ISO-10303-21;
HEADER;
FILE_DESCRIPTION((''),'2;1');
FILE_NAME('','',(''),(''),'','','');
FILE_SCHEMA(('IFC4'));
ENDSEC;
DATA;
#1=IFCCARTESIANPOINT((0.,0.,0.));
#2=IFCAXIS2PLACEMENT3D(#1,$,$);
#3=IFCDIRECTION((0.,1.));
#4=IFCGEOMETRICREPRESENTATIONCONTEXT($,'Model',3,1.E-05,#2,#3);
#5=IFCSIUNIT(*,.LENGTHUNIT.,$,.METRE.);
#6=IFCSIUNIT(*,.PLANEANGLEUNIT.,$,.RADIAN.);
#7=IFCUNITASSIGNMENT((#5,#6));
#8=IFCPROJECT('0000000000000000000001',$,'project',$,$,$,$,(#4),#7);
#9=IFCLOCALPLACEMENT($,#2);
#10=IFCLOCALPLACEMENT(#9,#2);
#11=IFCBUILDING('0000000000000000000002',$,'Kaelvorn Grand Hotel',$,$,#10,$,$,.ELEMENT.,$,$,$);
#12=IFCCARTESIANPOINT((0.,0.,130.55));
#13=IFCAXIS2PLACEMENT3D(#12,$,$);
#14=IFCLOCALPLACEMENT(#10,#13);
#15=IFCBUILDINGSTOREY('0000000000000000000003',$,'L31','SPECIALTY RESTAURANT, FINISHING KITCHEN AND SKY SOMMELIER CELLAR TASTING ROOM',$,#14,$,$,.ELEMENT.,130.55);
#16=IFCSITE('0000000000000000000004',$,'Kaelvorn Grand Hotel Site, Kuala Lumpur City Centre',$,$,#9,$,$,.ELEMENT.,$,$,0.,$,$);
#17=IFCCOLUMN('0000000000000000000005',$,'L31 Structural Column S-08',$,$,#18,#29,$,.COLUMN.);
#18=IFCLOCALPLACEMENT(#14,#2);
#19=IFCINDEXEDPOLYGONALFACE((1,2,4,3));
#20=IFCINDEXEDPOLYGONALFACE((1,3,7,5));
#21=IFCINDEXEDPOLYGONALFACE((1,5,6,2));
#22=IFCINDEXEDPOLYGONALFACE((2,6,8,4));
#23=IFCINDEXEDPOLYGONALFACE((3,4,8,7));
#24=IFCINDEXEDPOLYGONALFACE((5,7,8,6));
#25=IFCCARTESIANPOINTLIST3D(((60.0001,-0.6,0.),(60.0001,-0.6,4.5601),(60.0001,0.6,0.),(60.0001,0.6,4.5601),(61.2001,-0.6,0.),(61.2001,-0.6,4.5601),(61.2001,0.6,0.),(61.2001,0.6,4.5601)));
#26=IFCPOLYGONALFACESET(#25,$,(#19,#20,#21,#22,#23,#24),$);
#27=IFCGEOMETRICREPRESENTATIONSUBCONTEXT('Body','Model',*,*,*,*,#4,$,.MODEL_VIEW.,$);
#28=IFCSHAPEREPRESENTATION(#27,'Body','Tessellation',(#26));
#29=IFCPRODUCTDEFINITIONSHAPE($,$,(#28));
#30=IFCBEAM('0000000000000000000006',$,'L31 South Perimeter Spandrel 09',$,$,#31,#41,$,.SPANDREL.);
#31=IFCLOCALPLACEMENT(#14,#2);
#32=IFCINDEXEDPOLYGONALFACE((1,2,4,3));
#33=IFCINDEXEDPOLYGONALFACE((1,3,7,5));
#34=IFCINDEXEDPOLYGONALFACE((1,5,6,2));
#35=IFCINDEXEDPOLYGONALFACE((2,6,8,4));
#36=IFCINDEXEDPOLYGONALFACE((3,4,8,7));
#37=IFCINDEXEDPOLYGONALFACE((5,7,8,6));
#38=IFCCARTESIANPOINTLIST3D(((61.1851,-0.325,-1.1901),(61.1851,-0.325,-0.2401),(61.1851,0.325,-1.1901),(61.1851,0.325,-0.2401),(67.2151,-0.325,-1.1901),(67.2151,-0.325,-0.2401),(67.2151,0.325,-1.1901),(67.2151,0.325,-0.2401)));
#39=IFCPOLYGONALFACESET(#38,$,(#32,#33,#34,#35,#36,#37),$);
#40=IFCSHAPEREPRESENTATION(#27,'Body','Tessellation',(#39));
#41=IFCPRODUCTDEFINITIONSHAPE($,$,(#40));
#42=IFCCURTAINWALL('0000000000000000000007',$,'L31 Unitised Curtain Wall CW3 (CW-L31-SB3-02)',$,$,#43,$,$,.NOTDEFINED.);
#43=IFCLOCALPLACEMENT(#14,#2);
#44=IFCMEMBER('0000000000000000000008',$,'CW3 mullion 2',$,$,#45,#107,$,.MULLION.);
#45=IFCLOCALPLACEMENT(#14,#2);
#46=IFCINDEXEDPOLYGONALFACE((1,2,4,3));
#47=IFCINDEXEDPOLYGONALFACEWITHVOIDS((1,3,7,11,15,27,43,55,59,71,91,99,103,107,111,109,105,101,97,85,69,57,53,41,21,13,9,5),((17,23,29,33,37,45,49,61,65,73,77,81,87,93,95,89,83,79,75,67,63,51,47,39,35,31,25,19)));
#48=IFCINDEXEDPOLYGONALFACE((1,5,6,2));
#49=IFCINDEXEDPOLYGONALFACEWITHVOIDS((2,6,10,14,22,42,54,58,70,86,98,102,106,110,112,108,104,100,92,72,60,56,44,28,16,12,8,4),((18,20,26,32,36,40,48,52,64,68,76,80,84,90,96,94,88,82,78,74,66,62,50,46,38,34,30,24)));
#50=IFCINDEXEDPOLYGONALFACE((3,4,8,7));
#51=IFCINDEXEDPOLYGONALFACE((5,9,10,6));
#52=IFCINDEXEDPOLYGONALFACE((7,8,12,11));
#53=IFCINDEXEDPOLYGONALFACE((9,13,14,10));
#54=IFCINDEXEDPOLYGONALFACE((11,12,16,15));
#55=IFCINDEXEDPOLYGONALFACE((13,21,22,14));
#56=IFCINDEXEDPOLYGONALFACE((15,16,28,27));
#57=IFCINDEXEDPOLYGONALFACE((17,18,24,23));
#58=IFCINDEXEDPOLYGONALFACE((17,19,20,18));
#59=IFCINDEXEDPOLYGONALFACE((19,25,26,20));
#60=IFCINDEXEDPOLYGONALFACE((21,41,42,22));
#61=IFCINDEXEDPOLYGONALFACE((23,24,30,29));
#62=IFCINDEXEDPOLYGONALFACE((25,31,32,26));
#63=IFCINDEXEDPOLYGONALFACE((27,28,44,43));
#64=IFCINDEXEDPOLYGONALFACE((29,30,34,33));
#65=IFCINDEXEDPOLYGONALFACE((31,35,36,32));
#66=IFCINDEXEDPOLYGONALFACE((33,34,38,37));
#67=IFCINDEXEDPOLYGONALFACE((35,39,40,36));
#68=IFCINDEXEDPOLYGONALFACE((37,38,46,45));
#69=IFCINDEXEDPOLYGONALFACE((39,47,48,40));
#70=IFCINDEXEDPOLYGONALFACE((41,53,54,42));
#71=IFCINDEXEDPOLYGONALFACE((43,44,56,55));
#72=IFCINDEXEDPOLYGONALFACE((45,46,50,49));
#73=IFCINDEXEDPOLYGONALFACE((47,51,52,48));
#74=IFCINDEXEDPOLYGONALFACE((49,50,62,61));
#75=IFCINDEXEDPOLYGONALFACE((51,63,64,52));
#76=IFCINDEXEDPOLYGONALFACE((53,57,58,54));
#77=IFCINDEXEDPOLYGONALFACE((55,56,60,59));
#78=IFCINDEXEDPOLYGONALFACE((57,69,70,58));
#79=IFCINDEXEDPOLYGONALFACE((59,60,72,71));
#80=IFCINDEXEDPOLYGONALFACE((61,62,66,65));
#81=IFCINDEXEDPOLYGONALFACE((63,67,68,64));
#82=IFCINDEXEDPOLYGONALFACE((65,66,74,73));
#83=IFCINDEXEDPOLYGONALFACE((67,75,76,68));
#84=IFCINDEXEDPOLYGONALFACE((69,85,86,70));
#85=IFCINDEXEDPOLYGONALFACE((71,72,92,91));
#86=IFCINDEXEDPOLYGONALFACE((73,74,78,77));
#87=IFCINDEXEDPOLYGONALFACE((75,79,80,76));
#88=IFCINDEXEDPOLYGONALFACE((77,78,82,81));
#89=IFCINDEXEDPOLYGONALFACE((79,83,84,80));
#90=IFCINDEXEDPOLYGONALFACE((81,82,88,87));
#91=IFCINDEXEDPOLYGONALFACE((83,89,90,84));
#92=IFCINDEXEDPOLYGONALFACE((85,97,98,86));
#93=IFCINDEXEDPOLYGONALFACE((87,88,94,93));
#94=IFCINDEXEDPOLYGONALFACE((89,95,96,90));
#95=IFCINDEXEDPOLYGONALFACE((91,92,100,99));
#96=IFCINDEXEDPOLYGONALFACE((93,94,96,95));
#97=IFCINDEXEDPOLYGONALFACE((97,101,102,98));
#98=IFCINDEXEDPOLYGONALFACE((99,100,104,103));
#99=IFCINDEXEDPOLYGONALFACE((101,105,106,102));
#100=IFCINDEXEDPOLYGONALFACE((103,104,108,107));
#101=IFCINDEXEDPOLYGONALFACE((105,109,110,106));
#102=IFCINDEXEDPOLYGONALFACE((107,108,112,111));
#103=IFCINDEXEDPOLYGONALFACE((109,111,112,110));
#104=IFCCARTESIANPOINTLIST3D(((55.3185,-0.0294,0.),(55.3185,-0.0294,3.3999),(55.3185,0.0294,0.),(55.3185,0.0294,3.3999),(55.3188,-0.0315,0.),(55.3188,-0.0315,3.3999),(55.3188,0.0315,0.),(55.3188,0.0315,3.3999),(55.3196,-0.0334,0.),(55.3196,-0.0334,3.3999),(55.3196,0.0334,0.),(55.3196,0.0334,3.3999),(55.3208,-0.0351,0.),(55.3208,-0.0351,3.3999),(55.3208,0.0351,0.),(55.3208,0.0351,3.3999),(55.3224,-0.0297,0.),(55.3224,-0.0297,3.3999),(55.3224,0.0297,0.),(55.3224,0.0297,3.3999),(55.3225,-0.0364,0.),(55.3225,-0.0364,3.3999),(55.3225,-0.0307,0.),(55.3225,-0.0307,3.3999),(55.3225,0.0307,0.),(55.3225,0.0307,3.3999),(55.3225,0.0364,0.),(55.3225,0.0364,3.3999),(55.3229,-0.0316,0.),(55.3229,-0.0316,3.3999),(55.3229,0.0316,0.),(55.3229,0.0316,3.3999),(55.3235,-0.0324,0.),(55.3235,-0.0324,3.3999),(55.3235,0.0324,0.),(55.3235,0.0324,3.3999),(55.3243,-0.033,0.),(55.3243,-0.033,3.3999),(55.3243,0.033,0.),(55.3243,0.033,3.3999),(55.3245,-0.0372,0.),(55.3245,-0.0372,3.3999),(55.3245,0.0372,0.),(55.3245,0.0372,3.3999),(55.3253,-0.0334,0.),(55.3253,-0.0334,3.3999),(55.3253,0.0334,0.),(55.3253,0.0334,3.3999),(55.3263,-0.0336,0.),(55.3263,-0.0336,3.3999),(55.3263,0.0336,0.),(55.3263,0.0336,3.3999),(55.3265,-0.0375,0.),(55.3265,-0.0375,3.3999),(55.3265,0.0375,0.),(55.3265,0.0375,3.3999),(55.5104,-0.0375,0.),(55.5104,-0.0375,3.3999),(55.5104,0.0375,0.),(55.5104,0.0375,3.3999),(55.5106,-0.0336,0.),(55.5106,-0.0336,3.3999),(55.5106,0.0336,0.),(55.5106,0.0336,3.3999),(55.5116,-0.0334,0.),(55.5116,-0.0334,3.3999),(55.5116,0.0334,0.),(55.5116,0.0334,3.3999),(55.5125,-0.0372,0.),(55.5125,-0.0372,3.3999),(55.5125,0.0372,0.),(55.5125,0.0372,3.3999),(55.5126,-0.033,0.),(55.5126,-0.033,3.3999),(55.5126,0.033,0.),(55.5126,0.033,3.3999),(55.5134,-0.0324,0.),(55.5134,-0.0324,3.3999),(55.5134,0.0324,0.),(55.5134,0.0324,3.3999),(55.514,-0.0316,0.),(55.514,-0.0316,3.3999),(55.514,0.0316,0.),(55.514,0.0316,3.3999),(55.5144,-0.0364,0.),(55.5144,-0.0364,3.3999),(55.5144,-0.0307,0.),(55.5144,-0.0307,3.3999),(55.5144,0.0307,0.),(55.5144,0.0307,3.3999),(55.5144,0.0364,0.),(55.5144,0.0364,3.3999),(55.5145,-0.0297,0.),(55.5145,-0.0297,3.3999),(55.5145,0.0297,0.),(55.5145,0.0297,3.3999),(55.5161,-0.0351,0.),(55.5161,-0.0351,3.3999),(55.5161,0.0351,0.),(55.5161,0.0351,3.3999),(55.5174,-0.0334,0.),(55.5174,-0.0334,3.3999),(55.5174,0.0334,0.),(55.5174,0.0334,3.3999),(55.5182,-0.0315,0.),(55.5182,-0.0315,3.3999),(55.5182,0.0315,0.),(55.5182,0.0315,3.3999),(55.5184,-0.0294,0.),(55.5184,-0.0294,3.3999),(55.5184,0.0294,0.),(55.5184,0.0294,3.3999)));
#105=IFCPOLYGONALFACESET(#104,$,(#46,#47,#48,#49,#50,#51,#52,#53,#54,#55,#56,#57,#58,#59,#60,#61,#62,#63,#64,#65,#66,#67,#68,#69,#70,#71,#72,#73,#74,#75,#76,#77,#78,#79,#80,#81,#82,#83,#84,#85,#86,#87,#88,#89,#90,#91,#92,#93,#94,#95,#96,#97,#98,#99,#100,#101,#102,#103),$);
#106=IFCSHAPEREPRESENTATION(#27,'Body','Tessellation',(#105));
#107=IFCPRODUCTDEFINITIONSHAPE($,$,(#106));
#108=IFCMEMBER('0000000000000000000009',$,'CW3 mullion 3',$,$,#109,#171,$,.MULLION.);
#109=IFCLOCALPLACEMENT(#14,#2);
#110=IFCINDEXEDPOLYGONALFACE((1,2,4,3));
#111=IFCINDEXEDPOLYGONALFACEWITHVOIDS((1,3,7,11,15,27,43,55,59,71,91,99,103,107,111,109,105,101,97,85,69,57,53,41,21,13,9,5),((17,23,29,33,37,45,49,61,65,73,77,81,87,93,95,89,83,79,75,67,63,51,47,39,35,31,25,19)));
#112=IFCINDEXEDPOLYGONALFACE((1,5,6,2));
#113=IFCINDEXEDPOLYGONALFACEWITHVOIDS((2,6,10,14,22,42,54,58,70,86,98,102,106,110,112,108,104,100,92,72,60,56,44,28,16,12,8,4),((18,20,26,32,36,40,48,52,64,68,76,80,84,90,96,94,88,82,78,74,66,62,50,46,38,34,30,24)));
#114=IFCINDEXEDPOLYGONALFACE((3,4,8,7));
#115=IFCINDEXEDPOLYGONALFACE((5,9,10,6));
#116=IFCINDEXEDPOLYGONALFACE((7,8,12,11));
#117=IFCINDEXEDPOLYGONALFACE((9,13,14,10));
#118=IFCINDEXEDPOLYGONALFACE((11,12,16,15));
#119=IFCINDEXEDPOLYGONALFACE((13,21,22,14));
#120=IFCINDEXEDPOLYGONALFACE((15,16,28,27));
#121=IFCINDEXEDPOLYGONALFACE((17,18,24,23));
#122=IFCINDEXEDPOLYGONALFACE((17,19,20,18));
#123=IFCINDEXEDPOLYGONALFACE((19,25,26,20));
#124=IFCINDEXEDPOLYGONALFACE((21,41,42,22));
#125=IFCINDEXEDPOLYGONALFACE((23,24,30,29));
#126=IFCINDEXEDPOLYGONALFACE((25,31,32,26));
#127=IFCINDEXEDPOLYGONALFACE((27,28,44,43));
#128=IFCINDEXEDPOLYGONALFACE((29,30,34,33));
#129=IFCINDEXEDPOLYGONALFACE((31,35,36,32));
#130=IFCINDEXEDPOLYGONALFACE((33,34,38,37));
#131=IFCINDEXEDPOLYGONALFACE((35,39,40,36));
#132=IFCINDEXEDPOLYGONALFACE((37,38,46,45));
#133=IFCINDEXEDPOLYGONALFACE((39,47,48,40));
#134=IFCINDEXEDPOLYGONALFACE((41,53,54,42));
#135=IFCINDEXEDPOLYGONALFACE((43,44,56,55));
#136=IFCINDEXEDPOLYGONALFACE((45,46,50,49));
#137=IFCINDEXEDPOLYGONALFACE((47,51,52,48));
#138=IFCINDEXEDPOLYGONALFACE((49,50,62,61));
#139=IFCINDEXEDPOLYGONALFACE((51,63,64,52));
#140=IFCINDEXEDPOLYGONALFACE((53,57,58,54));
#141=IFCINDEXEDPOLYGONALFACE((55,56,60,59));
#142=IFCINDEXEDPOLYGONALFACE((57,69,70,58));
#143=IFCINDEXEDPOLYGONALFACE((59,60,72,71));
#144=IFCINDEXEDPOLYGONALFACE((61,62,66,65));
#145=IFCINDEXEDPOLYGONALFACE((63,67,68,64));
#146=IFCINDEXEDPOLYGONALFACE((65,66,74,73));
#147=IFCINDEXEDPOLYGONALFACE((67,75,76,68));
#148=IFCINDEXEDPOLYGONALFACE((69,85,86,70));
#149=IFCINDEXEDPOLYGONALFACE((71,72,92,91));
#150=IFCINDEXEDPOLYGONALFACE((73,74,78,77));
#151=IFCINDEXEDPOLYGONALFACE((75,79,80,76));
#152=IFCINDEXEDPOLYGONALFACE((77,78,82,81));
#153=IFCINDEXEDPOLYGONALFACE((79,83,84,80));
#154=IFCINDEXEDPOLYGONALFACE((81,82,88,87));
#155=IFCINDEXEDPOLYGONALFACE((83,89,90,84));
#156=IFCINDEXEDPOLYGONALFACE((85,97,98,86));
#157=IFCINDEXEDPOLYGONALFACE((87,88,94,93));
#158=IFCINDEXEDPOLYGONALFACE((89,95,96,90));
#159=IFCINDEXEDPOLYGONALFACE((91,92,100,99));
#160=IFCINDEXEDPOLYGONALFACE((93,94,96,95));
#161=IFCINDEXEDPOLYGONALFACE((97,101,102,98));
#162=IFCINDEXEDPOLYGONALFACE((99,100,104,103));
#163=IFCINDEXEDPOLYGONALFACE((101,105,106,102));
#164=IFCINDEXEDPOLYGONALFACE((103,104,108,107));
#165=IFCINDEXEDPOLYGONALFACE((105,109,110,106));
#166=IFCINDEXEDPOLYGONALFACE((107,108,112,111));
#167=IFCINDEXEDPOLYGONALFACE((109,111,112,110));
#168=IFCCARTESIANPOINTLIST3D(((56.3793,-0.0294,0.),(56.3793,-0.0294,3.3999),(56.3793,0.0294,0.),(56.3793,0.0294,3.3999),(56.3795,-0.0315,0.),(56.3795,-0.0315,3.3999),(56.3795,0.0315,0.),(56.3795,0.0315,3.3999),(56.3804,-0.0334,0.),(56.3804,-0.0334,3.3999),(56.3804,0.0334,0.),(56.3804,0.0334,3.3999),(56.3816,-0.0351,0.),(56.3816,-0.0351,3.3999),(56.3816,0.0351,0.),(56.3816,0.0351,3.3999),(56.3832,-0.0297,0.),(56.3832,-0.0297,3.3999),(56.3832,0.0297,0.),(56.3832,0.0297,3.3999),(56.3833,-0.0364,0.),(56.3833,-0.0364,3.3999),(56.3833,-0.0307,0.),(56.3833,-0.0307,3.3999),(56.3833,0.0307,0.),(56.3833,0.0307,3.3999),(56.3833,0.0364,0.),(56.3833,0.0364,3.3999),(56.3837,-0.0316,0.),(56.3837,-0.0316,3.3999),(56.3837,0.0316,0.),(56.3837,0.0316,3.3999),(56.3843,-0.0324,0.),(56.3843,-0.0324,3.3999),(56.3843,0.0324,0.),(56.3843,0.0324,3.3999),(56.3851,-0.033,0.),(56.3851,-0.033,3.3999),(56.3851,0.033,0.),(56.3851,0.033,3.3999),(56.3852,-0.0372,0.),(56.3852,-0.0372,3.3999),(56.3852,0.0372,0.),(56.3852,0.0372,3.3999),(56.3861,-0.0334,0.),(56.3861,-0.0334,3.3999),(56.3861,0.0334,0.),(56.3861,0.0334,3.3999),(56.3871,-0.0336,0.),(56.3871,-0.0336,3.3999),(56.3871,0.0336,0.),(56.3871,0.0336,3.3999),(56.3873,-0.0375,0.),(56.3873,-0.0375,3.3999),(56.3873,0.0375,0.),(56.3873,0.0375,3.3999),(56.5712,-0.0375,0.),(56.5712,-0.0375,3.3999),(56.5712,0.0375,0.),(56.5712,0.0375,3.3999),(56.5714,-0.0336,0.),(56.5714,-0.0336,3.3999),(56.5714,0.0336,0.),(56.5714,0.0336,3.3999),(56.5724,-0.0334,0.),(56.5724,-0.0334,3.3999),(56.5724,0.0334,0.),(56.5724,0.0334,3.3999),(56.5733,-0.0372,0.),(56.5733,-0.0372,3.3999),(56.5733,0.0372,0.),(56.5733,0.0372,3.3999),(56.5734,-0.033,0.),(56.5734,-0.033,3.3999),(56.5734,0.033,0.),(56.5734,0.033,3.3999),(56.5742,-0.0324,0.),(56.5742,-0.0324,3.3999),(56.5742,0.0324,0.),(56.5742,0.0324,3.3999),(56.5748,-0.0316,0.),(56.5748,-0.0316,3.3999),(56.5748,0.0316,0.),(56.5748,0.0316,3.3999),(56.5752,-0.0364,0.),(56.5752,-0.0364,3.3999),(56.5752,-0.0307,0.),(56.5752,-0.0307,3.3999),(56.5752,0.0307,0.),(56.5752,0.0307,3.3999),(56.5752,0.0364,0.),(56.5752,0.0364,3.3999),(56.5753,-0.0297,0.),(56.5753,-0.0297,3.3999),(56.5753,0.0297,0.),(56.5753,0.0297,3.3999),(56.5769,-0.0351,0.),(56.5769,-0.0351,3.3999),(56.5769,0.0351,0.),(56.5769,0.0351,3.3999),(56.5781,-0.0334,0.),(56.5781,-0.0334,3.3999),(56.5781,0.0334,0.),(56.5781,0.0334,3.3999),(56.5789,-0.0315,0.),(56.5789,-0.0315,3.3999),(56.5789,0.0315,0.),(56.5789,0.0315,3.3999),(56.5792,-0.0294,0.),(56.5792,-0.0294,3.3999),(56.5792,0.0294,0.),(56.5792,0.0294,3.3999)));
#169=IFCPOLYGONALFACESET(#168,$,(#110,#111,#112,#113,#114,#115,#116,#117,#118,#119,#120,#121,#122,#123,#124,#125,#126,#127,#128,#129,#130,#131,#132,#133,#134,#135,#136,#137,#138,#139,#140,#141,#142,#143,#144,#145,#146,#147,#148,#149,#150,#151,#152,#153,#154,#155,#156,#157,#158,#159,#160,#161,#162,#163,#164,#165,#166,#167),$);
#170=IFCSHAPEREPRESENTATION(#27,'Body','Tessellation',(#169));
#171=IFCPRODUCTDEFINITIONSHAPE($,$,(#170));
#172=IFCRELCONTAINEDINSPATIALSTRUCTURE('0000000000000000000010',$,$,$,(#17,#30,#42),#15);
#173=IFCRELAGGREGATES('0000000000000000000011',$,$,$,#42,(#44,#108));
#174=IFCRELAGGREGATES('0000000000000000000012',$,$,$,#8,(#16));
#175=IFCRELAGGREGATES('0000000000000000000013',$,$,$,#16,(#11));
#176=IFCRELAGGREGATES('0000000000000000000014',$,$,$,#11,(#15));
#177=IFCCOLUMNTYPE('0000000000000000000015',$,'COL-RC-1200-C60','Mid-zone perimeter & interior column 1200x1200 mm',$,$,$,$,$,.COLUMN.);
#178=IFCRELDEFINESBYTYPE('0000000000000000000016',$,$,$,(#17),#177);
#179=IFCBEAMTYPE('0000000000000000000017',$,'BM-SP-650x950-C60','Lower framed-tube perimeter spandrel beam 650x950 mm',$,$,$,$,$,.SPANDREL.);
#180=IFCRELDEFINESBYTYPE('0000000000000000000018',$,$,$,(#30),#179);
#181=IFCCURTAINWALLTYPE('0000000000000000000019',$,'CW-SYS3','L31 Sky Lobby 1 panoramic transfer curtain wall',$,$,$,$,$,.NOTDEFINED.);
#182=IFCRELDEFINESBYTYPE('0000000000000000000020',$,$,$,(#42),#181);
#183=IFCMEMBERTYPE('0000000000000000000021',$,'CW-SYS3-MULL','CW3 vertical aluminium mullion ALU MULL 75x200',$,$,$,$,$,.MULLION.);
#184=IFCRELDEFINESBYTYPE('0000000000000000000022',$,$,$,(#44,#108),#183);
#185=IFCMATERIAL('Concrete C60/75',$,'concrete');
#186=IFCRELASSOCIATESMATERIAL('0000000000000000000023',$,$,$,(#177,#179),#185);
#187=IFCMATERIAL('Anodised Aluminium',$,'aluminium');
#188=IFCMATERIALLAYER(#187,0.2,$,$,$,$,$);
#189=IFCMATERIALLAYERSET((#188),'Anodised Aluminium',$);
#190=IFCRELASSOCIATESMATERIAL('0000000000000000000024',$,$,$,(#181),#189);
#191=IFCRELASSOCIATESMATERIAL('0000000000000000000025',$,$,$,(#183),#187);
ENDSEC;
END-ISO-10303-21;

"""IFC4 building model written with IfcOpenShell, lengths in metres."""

from ifc_helpers import new_model, si_unit, direction, frame, origin, origin_2d, place, context, subcontext, project, spatial, rectangle, hollow_rectangle, extrude, material, layer, layer_set, material_profile, profile_set, type_object, element, aggregate, save


model = new_model("IFC4")

# Units and contexts
model_context = context("Model", 3, precision=1e-05, world=origin(), true_north=direction((0.0, 1.0)))
body_context = subcontext(model_context, "Body", "Model", "MODEL_VIEW")
ifc_project = project(units=[si_unit("LENGTHUNIT", "METRE"), si_unit("PLANEANGLEUNIT", "RADIAN")], contexts=[model_context])

# Site, building, storey
site_placement = place(None, origin())
site = spatial("IfcSite", under=ifc_project, at=site_placement, Name="Kaelvorn Grand Hotel Site, Kuala Lumpur City Centre", CompositionType="ELEMENT", RefElevation=0.0)
building_placement = place(site_placement, origin())
building = spatial("IfcBuilding", under=site, at=building_placement, Name="Kaelvorn Grand Hotel", CompositionType="ELEMENT")
storey_placement = place(building_placement, frame((0.0, 0.0, 130.55)))
storey = spatial("IfcBuildingStorey", under=building, at=storey_placement, Name="L31", Description="SPECIALTY RESTAURANT, FINISHING KITCHEN AND SKY SOMMELIER CELLAR TASTING ROOM", CompositionType="ELEMENT", Elevation=130.55)

# Column
ifc_material_1 = material(Name="Concrete C60/75", Category="concrete")
ifc_material_profile_1 = material_profile(ifc_material_1, rectangle(XDim=1.2, YDim=1.2, at=origin_2d()), Name="RC COL 1200x1200")
ifc_profile_set_1 = profile_set([ifc_material_profile_1], Name="Concrete C60/75")
column_type = type_object("IfcColumnType", Name="COL-RC-1200-C60", Description="Mid-zone perimeter & interior column 1200x1200 mm", PredefinedType="COLUMN", material=ifc_profile_set_1)
column_placement = place(storey_placement, frame((60.6001, 0.0, 0.0), z_axis=(0.0, 0.0, 1.0), x_axis=(1.0, 0.0, 0.0)))
element("IfcColumn", 1, at=column_placement, inside=storey, type_object=column_type, Name="L31 Structural Column S-08", PredefinedType="COLUMN", context=body_context, shape_type="SweptSolid", body=[
    extrude(rectangle(XDim=1.2, YDim=1.2, at=origin_2d()), origin(), (0.0, 0.0, 1.0), 4.5601),
])

# Beam
ifc_material_profile_2 = material_profile(ifc_material_1, rectangle(XDim=0.6499, YDim=0.95, at=origin_2d()), Name="RC SPANDREL 650x950")
ifc_profile_set_2 = profile_set([ifc_material_profile_2], Name="Concrete C60/75")
beam_type = type_object("IfcBeamType", Name="BM-SP-650x950-C60", Description="Lower framed-tube perimeter spandrel beam 650x950 mm", PredefinedType="SPANDREL", material=ifc_profile_set_2)
beam_placement = place(storey_placement, frame((61.1851, 0.0, -0.7151), z_axis=(1.0, 0.0, 0.0), x_axis=(0.0, 1.0, 0.0)))
element("IfcBeam", 2, at=beam_placement, inside=storey, type_object=beam_type, Name="L31 South Perimeter Spandrel 09", PredefinedType="SPANDREL", context=body_context, shape_type="SweptSolid", body=[
    extrude(rectangle(XDim=0.6499, YDim=0.95, at=origin_2d()), origin(), (0.0, 0.0, 1.0), 6.03),
])

# Curtain wall, members
ifc_material_2 = material(Name="Anodised Aluminium", Category="aluminium")
ifc_layer_1 = layer(ifc_material_2, 0.2)
ifc_layer_set_1 = layer_set([ifc_layer_1], Name="Anodised Aluminium")
curtain_wall_type = type_object("IfcCurtainWallType", Name="CW-SYS3", Description="L31 Sky Lobby 1 panoramic transfer curtain wall", PredefinedType="NOTDEFINED", material=ifc_layer_set_1)
curtain_wall_1_placement = place(storey_placement, origin())
curtain_wall_1 = element("IfcCurtainWall", 3, at=curtain_wall_1_placement, inside=storey, type_object=curtain_wall_type, Name="L31 Unitised Curtain Wall CW3 (CW-L31-SB3-02)", PredefinedType="NOTDEFINED")
ifc_material_profile_3 = material_profile(ifc_material_2, hollow_rectangle(XDim=0.075, YDim=0.2, WallThickness=0.0039, InnerFilletRadius=0.0039, OuterFilletRadius=0.0081, at=origin_2d()), Name="ALU MULL 75x200")
ifc_profile_set_3 = profile_set([ifc_material_profile_3], Name="Anodised Aluminium")
member_type_1 = type_object("IfcMemberType", Name="CW-SYS3-MULL", Description="CW3 vertical aluminium mullion ALU MULL 75x200", PredefinedType="MULLION", material=ifc_profile_set_3)
member_1_placement = place(storey_placement, frame((55.4185, 0.0, 0.0), z_axis=(0.0, 0.0, 1.0), x_axis=(0.0, 1.0, 0.0)))
member_1 = element("IfcMember", 4, at=member_1_placement, type_object=member_type_1, Name="CW3 mullion 2", PredefinedType="MULLION", context=body_context, shape_type="SweptSolid", body=[
    extrude(hollow_rectangle(XDim=0.075, YDim=0.2, WallThickness=0.0039, InnerFilletRadius=0.0039, OuterFilletRadius=0.0081, at=origin_2d()), origin(), (0.0, 0.0, 1.0), 3.3999),
])
member_2_placement = place(storey_placement, frame((56.4792, 0.0, 0.0), z_axis=(0.0, 0.0, 1.0), x_axis=(0.0, 1.0, 0.0)))
member_2 = element("IfcMember", 5, at=member_2_placement, type_object=member_type_1, Name="CW3 mullion 3", PredefinedType="MULLION", context=body_context, shape_type="SweptSolid", body=[
    extrude(hollow_rectangle(XDim=0.075, YDim=0.2, WallThickness=0.0039, InnerFilletRadius=0.0039, OuterFilletRadius=0.0081, at=origin_2d()), origin(), (0.0, 0.0, 1.0), 3.3999),
])

aggregate(curtain_wall_1, [member_1, member_2])

save(model, "model.ifc")
